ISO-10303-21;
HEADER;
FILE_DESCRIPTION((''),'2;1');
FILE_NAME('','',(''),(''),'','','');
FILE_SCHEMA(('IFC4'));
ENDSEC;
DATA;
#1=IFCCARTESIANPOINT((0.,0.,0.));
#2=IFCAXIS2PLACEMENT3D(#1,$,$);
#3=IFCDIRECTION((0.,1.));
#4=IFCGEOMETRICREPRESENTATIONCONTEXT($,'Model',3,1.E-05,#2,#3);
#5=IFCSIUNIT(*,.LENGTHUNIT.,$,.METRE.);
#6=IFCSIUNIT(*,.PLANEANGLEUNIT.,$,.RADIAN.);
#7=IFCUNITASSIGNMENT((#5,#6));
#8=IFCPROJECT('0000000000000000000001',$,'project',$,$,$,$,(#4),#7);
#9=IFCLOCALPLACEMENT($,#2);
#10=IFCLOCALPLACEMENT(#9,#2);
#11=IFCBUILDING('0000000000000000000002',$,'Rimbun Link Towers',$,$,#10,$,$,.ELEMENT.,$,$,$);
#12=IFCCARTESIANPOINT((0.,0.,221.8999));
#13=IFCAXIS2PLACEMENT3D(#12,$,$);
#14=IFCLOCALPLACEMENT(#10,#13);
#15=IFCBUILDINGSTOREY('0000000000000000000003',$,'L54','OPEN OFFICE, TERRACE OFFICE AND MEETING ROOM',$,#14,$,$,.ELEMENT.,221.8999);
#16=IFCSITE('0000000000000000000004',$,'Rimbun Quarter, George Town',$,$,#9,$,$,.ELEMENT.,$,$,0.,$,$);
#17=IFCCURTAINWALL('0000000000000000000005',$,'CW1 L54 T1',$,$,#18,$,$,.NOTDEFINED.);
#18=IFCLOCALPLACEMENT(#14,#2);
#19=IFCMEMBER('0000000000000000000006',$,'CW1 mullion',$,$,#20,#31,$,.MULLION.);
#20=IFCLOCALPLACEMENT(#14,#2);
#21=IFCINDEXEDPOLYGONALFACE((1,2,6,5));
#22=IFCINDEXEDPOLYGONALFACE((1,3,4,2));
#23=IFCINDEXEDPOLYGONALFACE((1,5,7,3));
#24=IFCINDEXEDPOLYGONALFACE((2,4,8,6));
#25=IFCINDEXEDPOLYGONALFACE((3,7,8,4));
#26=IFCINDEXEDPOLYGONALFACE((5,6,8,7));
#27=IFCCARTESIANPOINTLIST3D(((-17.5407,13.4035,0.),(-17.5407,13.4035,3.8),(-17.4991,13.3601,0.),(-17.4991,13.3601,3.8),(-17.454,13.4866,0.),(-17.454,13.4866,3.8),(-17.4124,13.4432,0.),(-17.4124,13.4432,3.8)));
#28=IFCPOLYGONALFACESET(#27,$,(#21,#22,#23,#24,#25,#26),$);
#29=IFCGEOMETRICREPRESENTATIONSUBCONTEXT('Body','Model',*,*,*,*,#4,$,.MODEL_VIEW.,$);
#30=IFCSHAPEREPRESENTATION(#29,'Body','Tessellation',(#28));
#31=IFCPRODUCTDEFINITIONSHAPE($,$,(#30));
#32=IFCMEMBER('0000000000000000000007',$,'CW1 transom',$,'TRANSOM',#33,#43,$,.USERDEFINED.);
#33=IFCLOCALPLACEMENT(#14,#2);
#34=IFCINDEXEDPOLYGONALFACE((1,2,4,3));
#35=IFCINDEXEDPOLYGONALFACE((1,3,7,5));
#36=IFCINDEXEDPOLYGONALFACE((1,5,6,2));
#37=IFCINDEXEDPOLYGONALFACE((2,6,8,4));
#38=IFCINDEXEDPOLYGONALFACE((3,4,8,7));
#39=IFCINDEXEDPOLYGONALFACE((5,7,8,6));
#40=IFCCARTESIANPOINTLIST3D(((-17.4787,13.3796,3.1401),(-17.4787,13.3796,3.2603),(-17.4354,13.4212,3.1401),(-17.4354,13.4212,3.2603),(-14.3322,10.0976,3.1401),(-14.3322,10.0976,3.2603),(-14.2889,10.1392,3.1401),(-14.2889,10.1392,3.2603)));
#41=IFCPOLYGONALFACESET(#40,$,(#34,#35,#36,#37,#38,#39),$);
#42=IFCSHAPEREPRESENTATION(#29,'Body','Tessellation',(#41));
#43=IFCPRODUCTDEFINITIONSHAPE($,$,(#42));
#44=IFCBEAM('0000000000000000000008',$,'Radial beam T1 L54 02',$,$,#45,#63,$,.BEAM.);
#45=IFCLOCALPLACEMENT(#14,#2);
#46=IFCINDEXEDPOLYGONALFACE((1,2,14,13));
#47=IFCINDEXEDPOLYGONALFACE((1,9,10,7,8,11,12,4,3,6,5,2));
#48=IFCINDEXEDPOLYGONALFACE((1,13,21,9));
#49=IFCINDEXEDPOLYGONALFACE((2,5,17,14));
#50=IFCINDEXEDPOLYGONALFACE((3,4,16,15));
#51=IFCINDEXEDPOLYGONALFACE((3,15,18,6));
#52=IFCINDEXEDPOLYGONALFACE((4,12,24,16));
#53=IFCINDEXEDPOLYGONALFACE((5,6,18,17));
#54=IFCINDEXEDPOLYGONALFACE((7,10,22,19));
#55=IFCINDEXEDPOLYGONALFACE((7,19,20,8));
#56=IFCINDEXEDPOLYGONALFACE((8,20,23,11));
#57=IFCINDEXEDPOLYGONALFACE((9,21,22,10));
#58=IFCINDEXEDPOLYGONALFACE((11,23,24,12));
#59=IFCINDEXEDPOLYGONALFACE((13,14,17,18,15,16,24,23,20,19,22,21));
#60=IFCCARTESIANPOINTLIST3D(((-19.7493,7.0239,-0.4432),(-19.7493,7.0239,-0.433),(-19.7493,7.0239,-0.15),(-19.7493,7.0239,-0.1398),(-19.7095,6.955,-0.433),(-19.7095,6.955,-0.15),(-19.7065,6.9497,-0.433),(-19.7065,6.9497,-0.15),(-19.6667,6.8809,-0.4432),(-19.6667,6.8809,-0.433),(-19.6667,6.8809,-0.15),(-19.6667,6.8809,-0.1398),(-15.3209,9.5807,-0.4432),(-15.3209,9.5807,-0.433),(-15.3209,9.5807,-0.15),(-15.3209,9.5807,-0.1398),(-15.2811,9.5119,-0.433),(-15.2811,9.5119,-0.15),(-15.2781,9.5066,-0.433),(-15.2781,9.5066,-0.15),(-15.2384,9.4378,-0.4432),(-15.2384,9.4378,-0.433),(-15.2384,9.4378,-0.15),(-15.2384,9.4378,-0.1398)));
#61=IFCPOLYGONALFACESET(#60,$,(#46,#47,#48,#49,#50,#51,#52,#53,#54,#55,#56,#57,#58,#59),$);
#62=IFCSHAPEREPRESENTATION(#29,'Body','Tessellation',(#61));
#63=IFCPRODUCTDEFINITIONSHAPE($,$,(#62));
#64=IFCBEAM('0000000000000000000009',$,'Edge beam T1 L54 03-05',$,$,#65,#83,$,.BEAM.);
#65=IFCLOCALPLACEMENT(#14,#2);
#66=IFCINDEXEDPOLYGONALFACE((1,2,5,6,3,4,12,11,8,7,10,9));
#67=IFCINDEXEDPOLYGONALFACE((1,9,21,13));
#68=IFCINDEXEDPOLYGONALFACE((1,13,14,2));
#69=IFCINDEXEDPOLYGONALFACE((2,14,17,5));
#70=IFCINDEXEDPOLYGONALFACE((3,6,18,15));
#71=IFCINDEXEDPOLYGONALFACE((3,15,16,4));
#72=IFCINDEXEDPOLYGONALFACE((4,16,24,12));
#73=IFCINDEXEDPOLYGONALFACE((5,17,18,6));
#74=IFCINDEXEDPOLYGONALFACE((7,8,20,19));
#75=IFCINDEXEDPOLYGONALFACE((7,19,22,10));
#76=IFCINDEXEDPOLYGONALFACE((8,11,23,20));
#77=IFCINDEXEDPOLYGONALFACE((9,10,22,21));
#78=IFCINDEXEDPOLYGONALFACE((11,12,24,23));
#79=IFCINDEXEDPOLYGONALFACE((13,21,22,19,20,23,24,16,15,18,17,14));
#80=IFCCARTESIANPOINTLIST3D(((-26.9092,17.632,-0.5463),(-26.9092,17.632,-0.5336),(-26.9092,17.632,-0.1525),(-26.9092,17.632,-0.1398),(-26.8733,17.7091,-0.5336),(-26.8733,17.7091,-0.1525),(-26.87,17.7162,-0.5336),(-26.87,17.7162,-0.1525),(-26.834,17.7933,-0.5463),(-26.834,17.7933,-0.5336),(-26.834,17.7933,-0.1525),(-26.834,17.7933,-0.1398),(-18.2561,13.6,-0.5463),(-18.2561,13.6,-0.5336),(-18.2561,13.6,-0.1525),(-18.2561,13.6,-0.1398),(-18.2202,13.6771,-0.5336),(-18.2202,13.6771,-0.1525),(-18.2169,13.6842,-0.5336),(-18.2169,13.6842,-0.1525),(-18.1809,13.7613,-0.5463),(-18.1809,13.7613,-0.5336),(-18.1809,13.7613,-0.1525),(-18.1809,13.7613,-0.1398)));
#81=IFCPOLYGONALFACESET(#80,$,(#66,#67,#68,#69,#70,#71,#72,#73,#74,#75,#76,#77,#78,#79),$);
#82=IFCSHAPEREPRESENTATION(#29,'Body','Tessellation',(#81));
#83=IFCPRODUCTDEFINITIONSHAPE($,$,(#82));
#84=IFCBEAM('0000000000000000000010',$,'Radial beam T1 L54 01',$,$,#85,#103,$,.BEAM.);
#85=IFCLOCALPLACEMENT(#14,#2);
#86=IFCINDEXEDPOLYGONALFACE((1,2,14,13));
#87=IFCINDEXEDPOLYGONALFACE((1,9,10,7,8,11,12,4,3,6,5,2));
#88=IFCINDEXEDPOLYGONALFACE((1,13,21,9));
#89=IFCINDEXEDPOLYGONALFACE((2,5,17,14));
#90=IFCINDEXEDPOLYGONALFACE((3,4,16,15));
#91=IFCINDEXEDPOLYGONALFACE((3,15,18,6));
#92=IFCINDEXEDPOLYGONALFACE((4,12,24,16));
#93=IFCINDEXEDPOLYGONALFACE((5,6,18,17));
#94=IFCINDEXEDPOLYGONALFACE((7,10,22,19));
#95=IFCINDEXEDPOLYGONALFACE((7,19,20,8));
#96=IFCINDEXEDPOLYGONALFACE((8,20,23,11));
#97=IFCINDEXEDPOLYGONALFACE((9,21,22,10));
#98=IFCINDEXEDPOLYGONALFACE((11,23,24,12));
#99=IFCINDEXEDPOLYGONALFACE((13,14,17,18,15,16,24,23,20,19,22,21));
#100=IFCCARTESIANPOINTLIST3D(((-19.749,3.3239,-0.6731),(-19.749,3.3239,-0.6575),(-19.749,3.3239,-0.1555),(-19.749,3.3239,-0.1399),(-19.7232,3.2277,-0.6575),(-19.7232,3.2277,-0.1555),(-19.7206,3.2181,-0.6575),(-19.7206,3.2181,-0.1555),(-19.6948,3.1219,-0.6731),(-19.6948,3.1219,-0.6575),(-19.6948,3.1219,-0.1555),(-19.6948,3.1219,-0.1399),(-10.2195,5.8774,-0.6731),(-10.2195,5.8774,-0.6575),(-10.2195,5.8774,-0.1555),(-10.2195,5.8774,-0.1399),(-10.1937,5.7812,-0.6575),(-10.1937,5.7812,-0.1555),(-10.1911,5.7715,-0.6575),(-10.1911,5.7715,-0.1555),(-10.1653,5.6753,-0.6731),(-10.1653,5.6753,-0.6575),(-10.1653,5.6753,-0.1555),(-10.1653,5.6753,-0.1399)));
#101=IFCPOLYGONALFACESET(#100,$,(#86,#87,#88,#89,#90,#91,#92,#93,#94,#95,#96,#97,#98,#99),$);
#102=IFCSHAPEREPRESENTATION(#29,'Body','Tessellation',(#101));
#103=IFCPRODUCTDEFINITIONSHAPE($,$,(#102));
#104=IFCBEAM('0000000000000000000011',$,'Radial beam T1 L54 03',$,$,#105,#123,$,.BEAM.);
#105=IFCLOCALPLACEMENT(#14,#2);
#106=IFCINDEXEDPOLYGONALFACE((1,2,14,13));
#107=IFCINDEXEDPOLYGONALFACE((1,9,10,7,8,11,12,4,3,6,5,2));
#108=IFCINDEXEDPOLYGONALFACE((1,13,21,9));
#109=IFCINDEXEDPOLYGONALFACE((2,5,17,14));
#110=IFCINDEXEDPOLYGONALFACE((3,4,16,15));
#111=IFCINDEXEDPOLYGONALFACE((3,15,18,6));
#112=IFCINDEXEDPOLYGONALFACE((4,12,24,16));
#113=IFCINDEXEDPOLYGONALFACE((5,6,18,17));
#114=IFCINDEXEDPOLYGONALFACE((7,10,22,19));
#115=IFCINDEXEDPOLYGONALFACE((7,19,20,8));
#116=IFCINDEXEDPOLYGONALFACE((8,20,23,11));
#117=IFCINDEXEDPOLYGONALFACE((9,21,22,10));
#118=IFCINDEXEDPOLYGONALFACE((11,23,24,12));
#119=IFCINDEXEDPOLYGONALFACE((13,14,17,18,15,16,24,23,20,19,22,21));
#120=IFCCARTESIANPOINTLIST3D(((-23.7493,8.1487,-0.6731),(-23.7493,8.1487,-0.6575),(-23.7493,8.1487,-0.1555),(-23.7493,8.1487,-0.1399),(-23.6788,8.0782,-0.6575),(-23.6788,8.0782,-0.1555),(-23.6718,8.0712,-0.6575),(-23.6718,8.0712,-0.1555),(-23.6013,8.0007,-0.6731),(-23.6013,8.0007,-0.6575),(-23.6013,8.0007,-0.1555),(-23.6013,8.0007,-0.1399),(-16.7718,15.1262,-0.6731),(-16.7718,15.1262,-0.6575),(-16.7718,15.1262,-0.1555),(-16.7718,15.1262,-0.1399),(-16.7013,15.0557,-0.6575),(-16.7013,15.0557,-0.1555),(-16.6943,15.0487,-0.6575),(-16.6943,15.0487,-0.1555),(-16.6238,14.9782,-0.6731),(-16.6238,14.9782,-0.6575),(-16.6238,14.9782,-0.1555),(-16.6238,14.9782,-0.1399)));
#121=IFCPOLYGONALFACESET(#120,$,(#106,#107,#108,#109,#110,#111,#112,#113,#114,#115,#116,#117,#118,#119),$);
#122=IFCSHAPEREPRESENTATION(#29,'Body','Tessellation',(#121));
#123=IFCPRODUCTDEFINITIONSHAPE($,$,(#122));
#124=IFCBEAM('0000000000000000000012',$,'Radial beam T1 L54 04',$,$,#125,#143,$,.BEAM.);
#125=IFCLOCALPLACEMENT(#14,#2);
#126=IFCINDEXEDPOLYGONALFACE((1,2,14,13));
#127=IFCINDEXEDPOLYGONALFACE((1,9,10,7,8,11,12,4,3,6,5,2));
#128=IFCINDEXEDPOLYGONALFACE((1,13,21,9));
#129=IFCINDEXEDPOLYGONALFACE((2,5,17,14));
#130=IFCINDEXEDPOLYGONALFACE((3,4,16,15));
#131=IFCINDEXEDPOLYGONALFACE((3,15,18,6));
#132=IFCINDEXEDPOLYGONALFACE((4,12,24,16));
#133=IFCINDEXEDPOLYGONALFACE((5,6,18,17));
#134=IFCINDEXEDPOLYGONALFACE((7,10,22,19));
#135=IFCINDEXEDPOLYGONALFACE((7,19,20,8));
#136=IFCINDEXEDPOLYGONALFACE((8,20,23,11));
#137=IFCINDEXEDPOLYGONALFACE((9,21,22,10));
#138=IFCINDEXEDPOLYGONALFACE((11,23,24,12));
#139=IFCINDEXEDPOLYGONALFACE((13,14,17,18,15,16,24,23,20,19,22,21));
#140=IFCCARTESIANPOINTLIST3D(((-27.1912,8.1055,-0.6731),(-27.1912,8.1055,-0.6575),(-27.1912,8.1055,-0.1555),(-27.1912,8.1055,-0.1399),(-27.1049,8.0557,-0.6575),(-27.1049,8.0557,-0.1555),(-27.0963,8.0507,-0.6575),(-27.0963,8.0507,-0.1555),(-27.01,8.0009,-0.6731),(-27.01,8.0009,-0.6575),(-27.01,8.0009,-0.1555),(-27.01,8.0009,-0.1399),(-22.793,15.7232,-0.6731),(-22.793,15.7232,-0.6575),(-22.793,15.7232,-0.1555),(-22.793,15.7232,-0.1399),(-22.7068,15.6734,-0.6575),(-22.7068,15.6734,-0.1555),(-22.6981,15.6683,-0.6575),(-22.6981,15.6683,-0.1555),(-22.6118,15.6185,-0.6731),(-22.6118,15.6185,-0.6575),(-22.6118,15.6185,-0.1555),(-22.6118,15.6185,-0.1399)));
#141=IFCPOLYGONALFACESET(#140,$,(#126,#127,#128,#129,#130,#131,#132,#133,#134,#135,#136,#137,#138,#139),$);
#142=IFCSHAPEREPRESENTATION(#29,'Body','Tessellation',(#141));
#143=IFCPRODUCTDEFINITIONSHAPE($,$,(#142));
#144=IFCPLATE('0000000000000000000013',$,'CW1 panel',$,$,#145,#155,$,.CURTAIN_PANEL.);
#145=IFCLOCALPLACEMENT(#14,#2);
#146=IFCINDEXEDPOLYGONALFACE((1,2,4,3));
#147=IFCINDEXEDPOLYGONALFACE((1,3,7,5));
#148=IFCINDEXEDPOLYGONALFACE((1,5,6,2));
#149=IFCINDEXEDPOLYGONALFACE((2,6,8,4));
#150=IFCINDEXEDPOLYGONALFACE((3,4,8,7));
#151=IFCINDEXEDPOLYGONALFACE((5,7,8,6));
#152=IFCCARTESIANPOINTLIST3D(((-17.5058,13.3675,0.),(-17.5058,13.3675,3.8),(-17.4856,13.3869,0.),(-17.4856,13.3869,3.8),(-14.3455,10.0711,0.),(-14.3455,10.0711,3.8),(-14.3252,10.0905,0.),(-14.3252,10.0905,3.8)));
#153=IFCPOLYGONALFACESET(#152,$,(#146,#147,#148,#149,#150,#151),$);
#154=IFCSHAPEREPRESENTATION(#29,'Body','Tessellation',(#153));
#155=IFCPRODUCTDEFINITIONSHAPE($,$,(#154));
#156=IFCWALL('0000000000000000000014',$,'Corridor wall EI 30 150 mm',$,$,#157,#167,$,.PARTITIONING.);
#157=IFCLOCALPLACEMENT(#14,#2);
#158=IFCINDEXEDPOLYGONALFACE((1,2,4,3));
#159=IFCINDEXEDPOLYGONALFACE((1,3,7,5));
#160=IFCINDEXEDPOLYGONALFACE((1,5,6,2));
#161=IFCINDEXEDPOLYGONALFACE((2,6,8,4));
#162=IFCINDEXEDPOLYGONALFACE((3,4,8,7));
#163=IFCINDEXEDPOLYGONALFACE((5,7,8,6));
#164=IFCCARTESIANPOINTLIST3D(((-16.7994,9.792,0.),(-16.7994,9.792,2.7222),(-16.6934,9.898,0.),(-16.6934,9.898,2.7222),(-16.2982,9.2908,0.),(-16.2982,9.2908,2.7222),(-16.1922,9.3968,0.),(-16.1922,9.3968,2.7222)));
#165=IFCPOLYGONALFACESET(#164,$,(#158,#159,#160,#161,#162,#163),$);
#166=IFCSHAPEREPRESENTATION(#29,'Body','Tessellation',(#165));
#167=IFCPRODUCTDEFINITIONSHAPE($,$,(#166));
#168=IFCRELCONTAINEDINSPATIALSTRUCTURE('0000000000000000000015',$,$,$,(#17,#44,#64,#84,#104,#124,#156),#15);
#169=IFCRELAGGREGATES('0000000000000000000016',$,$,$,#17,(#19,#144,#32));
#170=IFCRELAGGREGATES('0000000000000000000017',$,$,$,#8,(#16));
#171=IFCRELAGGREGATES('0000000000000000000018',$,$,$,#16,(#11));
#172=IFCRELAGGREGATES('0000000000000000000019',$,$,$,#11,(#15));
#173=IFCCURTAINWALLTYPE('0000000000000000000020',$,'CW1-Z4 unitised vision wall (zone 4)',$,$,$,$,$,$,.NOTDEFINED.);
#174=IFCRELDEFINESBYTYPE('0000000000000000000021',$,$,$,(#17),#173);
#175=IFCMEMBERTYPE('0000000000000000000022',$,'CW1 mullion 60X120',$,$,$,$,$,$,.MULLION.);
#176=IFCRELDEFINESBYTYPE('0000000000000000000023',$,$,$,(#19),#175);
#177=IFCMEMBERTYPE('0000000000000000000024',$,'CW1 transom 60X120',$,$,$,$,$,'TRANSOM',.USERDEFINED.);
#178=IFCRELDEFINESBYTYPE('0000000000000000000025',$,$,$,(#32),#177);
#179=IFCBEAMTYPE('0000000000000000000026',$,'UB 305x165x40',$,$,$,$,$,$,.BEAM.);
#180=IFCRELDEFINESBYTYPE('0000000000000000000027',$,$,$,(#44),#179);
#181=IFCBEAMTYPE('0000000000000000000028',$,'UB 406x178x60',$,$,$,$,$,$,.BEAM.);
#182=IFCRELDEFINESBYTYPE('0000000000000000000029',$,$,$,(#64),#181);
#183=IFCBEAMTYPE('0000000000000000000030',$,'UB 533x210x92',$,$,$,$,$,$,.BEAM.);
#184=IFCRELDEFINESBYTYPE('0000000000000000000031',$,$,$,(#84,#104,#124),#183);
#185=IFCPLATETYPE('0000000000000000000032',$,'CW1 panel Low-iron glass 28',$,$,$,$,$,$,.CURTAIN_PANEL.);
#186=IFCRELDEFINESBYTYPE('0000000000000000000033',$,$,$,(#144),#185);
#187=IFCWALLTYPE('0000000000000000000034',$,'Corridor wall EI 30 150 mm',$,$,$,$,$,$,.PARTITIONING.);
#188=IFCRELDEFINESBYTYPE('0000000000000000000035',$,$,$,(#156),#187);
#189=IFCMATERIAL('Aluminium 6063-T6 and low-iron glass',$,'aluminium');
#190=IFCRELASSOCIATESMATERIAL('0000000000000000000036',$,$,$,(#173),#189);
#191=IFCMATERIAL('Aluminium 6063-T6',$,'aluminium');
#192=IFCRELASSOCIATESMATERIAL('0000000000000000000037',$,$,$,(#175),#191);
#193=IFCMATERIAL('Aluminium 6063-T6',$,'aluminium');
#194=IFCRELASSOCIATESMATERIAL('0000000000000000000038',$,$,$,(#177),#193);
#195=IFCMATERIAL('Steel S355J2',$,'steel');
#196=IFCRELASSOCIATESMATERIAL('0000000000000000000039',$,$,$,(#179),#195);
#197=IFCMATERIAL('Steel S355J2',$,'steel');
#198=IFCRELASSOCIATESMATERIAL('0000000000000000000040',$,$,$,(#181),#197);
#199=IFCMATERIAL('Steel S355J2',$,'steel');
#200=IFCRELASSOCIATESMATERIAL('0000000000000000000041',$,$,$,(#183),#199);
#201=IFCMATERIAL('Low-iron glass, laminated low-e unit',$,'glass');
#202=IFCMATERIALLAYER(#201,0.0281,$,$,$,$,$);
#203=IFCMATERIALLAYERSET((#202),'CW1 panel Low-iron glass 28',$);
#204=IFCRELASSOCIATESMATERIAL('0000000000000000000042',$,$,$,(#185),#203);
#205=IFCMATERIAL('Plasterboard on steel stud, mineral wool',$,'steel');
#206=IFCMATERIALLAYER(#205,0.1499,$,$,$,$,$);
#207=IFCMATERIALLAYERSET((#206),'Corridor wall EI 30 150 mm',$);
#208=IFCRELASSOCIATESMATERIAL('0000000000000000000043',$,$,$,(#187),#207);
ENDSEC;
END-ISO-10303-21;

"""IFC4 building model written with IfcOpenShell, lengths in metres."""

from ifc_helpers import new_model, si_unit, direction, frame, frame_2d, origin, origin_2d, place, context, subcontext, project, spatial, rectangle, i_section, extrude, material, layer, layer_set, material_profile, profile_set, type_object, element, aggregate, save


model = new_model("IFC4")

# Units and contexts
model_context = context("Model", 3, precision=1e-05, world=origin(), true_north=direction((0.0, 1.0)))
body_context = subcontext(model_context, "Body", "Model", "MODEL_VIEW")
ifc_project = project(units=[si_unit("LENGTHUNIT", "METRE"), si_unit("PLANEANGLEUNIT", "RADIAN")], contexts=[model_context])

# Site, building, storey
site_placement = place(None, origin())
site = spatial("IfcSite", under=ifc_project, at=site_placement, Name="Rimbun Quarter, George Town", CompositionType="ELEMENT", RefElevation=0.0)
building_placement = place(site_placement, origin())
building = spatial("IfcBuilding", under=site, at=building_placement, Name="Rimbun Link Towers", CompositionType="ELEMENT")
storey_placement = place(building_placement, frame((0.0, 0.0, 221.8999)))
storey = spatial("IfcBuildingStorey", under=building, at=storey_placement, Name="L54", Description="OPEN OFFICE, TERRACE OFFICE AND MEETING ROOM", CompositionType="ELEMENT", Elevation=221.8999)

# Curtain wall, members
ifc_material_1 = material(Name="Aluminium 6063-T6 and low-iron glass", Category="aluminium")
curtain_wall_type = type_object("IfcCurtainWallType", Name="CW1-Z4 unitised vision wall (zone 4)", PredefinedType="NOTDEFINED", material=ifc_material_1)
curtain_wall_placement = place(storey_placement, origin())
curtain_wall = element("IfcCurtainWall", 1, at=curtain_wall_placement, inside=storey, type_object=curtain_wall_type, Name="CW1 L54 T1", PredefinedType="NOTDEFINED")
ifc_material_2 = material(Name="Aluminium 6063-T6", Category="aluminium")
ifc_material_profile_1 = material_profile(ifc_material_2, rectangle(XDim=0.1201, YDim=0.0601, at=origin_2d()), Name="MULLION 60X120")
ifc_profile_set_1 = profile_set([ifc_material_profile_1], Name="Aluminium 6063-T6")
member_type_1 = type_object("IfcMemberType", Name="CW1 mullion 60X120", PredefinedType="MULLION", material=ifc_profile_set_1)
member_1_placement = place(storey_placement, frame((-17.4766, 13.4233, 0.0), z_axis=(0.0, 0.0, 1.0), x_axis=(0.721853, 0.692046, 0.0)))
member_1 = element("IfcMember", 2, at=member_1_placement, type_object=member_type_1, Name="CW1 mullion", PredefinedType="MULLION", context=body_context, shape_type="SweptSolid", body=[
    extrude(rectangle(XDim=0.1201, YDim=0.0601, at=origin_2d()), origin(), (0.0, 0.0, 1.0), 3.8),
])
ifc_material_3 = material(Name="Aluminium 6063-T6", Category="aluminium")
ifc_material_profile_2 = material_profile(ifc_material_3, rectangle(XDim=0.0601, YDim=0.1201, at=origin_2d()), Name="TRANSOM 60X120")
ifc_profile_set_2 = profile_set([ifc_material_profile_2], Name="Aluminium 6063-T6")
member_type_2 = type_object("IfcMemberType", Name="CW1 transom 60X120", ElementType="TRANSOM", PredefinedType="USERDEFINED", material=ifc_profile_set_2)
member_2_placement = place(storey_placement, frame((-17.457, 13.4004, 3.2002), z_axis=(0.692049, -0.721851, 0.0), x_axis=(0.721851, 0.692049, 0.0)))
member_2 = element("IfcMember", 3, at=member_2_placement, type_object=member_type_2, Name="CW1 transom", ObjectType="TRANSOM", PredefinedType="USERDEFINED", context=body_context, shape_type="SweptSolid", body=[
    extrude(rectangle(XDim=0.0601, YDim=0.1201, at=origin_2d()), origin(), (0.0, 0.0, 1.0), 4.5466),
])

# Beams
ifc_material_4 = material(Name="Steel S355J2", Category="steel")
ifc_material_profile_3 = material_profile(ifc_material_4, i_section(OverallWidth=0.165, OverallDepth=0.3035, WebThickness=0.0061, FlangeThickness=0.0103, at=origin_2d()), Name="UB 305x165x40")
ifc_profile_set_3 = profile_set([ifc_material_profile_3], Name="Steel S355J2")
beam_type_1 = type_object("IfcBeamType", Name="UB 305x165x40", PredefinedType="BEAM", material=ifc_profile_set_3)
beam_1_placement = place(storey_placement, frame((-19.708, 6.9524, -0.2915), z_axis=(0.866016, 0.500016, 0.0), x_axis=(-0.500016, 0.866016, 0.0)))
element("IfcBeam", 4, at=beam_1_placement, inside=storey, type_object=beam_type_1, Name="Radial beam T1 L54 02", PredefinedType="BEAM", context=body_context, shape_type="SweptSolid", body=[
    extrude(i_section(OverallWidth=0.165, OverallDepth=0.3035, WebThickness=0.0061, FlangeThickness=0.0103, at=origin_2d()), origin(), (0.0, 0.0, 1.0), 5.1135),
])
ifc_material_5 = material(Name="Steel S355J2", Category="steel")
ifc_material_profile_4 = material_profile(ifc_material_5, i_section(OverallWidth=0.178, OverallDepth=0.4065, WebThickness=0.0078, FlangeThickness=0.0127, at=origin_2d()), Name="UB 406x178x60")
ifc_profile_set_4 = profile_set([ifc_material_profile_4], Name="Steel S355J2")
beam_type_2 = type_object("IfcBeamType", Name="UB 406x178x60", PredefinedType="BEAM", material=ifc_profile_set_4)
beam_2_placement = place(storey_placement, frame((-18.2185, 13.6807, -0.343), z_axis=(-0.906429, 0.422359, 0.0), x_axis=(-0.422359, -0.906429, 0.0)))
element("IfcBeam", 5, at=beam_2_placement, inside=storey, type_object=beam_type_2, Name="Edge beam T1 L54 03-05", PredefinedType="BEAM", context=body_context, shape_type="SweptSolid", body=[
    extrude(i_section(OverallWidth=0.178, OverallDepth=0.4065, WebThickness=0.0078, FlangeThickness=0.0127, at=origin_2d()), origin(), (0.0, 0.0, 1.0), 9.5464),
])
ifc_material_6 = material(Name="Steel S355J2", Category="steel")
ifc_material_profile_5 = material_profile(ifc_material_6, i_section(OverallWidth=0.2092, OverallDepth=0.5332, WebThickness=0.01, FlangeThickness=0.0156, at=origin_2d()), Name="UB 533x210x92")
ifc_profile_set_5 = profile_set([ifc_material_profile_5], Name="Steel S355J2")
beam_type_3 = type_object("IfcBeamType", Name="UB 533x210x92", PredefinedType="BEAM", material=ifc_profile_set_5)
beam_3_placement = place(storey_placement, frame((-19.7219, 3.2229, -0.4065), z_axis=(0.965925, 0.258822, 0.0), x_axis=(-0.258822, 0.965925, 0.0)))
element("IfcBeam", 6, at=beam_3_placement, inside=storey, type_object=beam_type_3, Name="Radial beam T1 L54 01", PredefinedType="BEAM", context=body_context, shape_type="SweptSolid", body=[
    extrude(i_section(OverallWidth=0.2092, OverallDepth=0.5332, WebThickness=0.01, FlangeThickness=0.0156, at=origin_2d()), origin(), (0.0, 0.0, 1.0), 9.8657),
])
beam_4_placement = place(storey_placement, frame((-23.6753, 8.0747, -0.4065), z_axis=(0.707107, 0.707107, 0.0), x_axis=(-0.707107, 0.707107, 0.0)))
element("IfcBeam", 7, at=beam_4_placement, inside=storey, type_object=beam_type_3, Name="Radial beam T1 L54 03", PredefinedType="BEAM", context=body_context, shape_type="SweptSolid", body=[
    extrude(i_section(OverallWidth=0.2092, OverallDepth=0.5332, WebThickness=0.01, FlangeThickness=0.0156, at=origin_2d()), origin(), (0.0, 0.0, 1.0), 9.8677),
])
beam_5_placement = place(storey_placement, frame((-27.1006, 8.0532, -0.4065), z_axis=(0.500011, 0.866019, 0.0), x_axis=(-0.866019, 0.500011, 0.0)))
element("IfcBeam", 8, at=beam_5_placement, inside=storey, type_object=beam_type_3, Name="Radial beam T1 L54 04", PredefinedType="BEAM", context=body_context, shape_type="SweptSolid", body=[
    extrude(i_section(OverallWidth=0.2092, OverallDepth=0.5332, WebThickness=0.01, FlangeThickness=0.0156, at=origin_2d()), origin(), (0.0, 0.0, 1.0), 8.7961),
])

# Plate
ifc_material_7 = material(Name="Low-iron glass, laminated low-e unit", Category="glass")
ifc_layer_1 = layer(ifc_material_7, 0.0281)
ifc_layer_set_1 = layer_set([ifc_layer_1], Name="CW1 panel Low-iron glass 28")
plate_type = type_object("IfcPlateType", Name="CW1 panel Low-iron glass 28", PredefinedType="CURTAIN_PANEL", material=ifc_layer_set_1)
plate_placement = place(storey_placement, frame((-15.9155, 11.729, 0.0), z_axis=(0.0, 0.0, 1.0), x_axis=(0.692046, -0.721853, 0.0)))
plate = element("IfcPlate", 9, at=plate_placement, type_object=plate_type, Name="CW1 panel", PredefinedType="CURTAIN_PANEL", context=body_context, shape_type="SweptSolid", body=[
    extrude(rectangle(XDim=4.5667, YDim=0.0281, at=origin_2d()), origin(), (0.0, 0.0, 1.0), 3.8),
])
aggregate(curtain_wall, [member_1, plate, member_2])

# Wall
ifc_material_8 = material(Name="Plasterboard on steel stud, mineral wool", Category="steel")
ifc_layer_2 = layer(ifc_material_8, 0.1499)
ifc_layer_set_2 = layer_set([ifc_layer_2], Name="Corridor wall EI 30 150 mm")
wall_type_1 = type_object("IfcWallType", Name="Corridor wall EI 30 150 mm", PredefinedType="PARTITIONING", material=ifc_layer_set_2)
wall_1_placement = place(storey_placement, frame((-16.2451, 9.3438, 0.0), z_axis=(0.0, 0.0, 1.0), x_axis=(-0.707107, 0.707107, 0.0)))
element("IfcWall", 10, at=wall_1_placement, inside=storey, type_object=wall_type_1, Name="Corridor wall EI 30 150 mm", PredefinedType="PARTITIONING", context=body_context, shape_type="SweptSolid", body=[
    extrude(rectangle(XDim=0.7087, YDim=0.1499, at=frame_2d((0.3545, 0.0))), origin(), (0.0, 0.0, 1.0), 2.7222),
])

save(model, "model.ifc")
